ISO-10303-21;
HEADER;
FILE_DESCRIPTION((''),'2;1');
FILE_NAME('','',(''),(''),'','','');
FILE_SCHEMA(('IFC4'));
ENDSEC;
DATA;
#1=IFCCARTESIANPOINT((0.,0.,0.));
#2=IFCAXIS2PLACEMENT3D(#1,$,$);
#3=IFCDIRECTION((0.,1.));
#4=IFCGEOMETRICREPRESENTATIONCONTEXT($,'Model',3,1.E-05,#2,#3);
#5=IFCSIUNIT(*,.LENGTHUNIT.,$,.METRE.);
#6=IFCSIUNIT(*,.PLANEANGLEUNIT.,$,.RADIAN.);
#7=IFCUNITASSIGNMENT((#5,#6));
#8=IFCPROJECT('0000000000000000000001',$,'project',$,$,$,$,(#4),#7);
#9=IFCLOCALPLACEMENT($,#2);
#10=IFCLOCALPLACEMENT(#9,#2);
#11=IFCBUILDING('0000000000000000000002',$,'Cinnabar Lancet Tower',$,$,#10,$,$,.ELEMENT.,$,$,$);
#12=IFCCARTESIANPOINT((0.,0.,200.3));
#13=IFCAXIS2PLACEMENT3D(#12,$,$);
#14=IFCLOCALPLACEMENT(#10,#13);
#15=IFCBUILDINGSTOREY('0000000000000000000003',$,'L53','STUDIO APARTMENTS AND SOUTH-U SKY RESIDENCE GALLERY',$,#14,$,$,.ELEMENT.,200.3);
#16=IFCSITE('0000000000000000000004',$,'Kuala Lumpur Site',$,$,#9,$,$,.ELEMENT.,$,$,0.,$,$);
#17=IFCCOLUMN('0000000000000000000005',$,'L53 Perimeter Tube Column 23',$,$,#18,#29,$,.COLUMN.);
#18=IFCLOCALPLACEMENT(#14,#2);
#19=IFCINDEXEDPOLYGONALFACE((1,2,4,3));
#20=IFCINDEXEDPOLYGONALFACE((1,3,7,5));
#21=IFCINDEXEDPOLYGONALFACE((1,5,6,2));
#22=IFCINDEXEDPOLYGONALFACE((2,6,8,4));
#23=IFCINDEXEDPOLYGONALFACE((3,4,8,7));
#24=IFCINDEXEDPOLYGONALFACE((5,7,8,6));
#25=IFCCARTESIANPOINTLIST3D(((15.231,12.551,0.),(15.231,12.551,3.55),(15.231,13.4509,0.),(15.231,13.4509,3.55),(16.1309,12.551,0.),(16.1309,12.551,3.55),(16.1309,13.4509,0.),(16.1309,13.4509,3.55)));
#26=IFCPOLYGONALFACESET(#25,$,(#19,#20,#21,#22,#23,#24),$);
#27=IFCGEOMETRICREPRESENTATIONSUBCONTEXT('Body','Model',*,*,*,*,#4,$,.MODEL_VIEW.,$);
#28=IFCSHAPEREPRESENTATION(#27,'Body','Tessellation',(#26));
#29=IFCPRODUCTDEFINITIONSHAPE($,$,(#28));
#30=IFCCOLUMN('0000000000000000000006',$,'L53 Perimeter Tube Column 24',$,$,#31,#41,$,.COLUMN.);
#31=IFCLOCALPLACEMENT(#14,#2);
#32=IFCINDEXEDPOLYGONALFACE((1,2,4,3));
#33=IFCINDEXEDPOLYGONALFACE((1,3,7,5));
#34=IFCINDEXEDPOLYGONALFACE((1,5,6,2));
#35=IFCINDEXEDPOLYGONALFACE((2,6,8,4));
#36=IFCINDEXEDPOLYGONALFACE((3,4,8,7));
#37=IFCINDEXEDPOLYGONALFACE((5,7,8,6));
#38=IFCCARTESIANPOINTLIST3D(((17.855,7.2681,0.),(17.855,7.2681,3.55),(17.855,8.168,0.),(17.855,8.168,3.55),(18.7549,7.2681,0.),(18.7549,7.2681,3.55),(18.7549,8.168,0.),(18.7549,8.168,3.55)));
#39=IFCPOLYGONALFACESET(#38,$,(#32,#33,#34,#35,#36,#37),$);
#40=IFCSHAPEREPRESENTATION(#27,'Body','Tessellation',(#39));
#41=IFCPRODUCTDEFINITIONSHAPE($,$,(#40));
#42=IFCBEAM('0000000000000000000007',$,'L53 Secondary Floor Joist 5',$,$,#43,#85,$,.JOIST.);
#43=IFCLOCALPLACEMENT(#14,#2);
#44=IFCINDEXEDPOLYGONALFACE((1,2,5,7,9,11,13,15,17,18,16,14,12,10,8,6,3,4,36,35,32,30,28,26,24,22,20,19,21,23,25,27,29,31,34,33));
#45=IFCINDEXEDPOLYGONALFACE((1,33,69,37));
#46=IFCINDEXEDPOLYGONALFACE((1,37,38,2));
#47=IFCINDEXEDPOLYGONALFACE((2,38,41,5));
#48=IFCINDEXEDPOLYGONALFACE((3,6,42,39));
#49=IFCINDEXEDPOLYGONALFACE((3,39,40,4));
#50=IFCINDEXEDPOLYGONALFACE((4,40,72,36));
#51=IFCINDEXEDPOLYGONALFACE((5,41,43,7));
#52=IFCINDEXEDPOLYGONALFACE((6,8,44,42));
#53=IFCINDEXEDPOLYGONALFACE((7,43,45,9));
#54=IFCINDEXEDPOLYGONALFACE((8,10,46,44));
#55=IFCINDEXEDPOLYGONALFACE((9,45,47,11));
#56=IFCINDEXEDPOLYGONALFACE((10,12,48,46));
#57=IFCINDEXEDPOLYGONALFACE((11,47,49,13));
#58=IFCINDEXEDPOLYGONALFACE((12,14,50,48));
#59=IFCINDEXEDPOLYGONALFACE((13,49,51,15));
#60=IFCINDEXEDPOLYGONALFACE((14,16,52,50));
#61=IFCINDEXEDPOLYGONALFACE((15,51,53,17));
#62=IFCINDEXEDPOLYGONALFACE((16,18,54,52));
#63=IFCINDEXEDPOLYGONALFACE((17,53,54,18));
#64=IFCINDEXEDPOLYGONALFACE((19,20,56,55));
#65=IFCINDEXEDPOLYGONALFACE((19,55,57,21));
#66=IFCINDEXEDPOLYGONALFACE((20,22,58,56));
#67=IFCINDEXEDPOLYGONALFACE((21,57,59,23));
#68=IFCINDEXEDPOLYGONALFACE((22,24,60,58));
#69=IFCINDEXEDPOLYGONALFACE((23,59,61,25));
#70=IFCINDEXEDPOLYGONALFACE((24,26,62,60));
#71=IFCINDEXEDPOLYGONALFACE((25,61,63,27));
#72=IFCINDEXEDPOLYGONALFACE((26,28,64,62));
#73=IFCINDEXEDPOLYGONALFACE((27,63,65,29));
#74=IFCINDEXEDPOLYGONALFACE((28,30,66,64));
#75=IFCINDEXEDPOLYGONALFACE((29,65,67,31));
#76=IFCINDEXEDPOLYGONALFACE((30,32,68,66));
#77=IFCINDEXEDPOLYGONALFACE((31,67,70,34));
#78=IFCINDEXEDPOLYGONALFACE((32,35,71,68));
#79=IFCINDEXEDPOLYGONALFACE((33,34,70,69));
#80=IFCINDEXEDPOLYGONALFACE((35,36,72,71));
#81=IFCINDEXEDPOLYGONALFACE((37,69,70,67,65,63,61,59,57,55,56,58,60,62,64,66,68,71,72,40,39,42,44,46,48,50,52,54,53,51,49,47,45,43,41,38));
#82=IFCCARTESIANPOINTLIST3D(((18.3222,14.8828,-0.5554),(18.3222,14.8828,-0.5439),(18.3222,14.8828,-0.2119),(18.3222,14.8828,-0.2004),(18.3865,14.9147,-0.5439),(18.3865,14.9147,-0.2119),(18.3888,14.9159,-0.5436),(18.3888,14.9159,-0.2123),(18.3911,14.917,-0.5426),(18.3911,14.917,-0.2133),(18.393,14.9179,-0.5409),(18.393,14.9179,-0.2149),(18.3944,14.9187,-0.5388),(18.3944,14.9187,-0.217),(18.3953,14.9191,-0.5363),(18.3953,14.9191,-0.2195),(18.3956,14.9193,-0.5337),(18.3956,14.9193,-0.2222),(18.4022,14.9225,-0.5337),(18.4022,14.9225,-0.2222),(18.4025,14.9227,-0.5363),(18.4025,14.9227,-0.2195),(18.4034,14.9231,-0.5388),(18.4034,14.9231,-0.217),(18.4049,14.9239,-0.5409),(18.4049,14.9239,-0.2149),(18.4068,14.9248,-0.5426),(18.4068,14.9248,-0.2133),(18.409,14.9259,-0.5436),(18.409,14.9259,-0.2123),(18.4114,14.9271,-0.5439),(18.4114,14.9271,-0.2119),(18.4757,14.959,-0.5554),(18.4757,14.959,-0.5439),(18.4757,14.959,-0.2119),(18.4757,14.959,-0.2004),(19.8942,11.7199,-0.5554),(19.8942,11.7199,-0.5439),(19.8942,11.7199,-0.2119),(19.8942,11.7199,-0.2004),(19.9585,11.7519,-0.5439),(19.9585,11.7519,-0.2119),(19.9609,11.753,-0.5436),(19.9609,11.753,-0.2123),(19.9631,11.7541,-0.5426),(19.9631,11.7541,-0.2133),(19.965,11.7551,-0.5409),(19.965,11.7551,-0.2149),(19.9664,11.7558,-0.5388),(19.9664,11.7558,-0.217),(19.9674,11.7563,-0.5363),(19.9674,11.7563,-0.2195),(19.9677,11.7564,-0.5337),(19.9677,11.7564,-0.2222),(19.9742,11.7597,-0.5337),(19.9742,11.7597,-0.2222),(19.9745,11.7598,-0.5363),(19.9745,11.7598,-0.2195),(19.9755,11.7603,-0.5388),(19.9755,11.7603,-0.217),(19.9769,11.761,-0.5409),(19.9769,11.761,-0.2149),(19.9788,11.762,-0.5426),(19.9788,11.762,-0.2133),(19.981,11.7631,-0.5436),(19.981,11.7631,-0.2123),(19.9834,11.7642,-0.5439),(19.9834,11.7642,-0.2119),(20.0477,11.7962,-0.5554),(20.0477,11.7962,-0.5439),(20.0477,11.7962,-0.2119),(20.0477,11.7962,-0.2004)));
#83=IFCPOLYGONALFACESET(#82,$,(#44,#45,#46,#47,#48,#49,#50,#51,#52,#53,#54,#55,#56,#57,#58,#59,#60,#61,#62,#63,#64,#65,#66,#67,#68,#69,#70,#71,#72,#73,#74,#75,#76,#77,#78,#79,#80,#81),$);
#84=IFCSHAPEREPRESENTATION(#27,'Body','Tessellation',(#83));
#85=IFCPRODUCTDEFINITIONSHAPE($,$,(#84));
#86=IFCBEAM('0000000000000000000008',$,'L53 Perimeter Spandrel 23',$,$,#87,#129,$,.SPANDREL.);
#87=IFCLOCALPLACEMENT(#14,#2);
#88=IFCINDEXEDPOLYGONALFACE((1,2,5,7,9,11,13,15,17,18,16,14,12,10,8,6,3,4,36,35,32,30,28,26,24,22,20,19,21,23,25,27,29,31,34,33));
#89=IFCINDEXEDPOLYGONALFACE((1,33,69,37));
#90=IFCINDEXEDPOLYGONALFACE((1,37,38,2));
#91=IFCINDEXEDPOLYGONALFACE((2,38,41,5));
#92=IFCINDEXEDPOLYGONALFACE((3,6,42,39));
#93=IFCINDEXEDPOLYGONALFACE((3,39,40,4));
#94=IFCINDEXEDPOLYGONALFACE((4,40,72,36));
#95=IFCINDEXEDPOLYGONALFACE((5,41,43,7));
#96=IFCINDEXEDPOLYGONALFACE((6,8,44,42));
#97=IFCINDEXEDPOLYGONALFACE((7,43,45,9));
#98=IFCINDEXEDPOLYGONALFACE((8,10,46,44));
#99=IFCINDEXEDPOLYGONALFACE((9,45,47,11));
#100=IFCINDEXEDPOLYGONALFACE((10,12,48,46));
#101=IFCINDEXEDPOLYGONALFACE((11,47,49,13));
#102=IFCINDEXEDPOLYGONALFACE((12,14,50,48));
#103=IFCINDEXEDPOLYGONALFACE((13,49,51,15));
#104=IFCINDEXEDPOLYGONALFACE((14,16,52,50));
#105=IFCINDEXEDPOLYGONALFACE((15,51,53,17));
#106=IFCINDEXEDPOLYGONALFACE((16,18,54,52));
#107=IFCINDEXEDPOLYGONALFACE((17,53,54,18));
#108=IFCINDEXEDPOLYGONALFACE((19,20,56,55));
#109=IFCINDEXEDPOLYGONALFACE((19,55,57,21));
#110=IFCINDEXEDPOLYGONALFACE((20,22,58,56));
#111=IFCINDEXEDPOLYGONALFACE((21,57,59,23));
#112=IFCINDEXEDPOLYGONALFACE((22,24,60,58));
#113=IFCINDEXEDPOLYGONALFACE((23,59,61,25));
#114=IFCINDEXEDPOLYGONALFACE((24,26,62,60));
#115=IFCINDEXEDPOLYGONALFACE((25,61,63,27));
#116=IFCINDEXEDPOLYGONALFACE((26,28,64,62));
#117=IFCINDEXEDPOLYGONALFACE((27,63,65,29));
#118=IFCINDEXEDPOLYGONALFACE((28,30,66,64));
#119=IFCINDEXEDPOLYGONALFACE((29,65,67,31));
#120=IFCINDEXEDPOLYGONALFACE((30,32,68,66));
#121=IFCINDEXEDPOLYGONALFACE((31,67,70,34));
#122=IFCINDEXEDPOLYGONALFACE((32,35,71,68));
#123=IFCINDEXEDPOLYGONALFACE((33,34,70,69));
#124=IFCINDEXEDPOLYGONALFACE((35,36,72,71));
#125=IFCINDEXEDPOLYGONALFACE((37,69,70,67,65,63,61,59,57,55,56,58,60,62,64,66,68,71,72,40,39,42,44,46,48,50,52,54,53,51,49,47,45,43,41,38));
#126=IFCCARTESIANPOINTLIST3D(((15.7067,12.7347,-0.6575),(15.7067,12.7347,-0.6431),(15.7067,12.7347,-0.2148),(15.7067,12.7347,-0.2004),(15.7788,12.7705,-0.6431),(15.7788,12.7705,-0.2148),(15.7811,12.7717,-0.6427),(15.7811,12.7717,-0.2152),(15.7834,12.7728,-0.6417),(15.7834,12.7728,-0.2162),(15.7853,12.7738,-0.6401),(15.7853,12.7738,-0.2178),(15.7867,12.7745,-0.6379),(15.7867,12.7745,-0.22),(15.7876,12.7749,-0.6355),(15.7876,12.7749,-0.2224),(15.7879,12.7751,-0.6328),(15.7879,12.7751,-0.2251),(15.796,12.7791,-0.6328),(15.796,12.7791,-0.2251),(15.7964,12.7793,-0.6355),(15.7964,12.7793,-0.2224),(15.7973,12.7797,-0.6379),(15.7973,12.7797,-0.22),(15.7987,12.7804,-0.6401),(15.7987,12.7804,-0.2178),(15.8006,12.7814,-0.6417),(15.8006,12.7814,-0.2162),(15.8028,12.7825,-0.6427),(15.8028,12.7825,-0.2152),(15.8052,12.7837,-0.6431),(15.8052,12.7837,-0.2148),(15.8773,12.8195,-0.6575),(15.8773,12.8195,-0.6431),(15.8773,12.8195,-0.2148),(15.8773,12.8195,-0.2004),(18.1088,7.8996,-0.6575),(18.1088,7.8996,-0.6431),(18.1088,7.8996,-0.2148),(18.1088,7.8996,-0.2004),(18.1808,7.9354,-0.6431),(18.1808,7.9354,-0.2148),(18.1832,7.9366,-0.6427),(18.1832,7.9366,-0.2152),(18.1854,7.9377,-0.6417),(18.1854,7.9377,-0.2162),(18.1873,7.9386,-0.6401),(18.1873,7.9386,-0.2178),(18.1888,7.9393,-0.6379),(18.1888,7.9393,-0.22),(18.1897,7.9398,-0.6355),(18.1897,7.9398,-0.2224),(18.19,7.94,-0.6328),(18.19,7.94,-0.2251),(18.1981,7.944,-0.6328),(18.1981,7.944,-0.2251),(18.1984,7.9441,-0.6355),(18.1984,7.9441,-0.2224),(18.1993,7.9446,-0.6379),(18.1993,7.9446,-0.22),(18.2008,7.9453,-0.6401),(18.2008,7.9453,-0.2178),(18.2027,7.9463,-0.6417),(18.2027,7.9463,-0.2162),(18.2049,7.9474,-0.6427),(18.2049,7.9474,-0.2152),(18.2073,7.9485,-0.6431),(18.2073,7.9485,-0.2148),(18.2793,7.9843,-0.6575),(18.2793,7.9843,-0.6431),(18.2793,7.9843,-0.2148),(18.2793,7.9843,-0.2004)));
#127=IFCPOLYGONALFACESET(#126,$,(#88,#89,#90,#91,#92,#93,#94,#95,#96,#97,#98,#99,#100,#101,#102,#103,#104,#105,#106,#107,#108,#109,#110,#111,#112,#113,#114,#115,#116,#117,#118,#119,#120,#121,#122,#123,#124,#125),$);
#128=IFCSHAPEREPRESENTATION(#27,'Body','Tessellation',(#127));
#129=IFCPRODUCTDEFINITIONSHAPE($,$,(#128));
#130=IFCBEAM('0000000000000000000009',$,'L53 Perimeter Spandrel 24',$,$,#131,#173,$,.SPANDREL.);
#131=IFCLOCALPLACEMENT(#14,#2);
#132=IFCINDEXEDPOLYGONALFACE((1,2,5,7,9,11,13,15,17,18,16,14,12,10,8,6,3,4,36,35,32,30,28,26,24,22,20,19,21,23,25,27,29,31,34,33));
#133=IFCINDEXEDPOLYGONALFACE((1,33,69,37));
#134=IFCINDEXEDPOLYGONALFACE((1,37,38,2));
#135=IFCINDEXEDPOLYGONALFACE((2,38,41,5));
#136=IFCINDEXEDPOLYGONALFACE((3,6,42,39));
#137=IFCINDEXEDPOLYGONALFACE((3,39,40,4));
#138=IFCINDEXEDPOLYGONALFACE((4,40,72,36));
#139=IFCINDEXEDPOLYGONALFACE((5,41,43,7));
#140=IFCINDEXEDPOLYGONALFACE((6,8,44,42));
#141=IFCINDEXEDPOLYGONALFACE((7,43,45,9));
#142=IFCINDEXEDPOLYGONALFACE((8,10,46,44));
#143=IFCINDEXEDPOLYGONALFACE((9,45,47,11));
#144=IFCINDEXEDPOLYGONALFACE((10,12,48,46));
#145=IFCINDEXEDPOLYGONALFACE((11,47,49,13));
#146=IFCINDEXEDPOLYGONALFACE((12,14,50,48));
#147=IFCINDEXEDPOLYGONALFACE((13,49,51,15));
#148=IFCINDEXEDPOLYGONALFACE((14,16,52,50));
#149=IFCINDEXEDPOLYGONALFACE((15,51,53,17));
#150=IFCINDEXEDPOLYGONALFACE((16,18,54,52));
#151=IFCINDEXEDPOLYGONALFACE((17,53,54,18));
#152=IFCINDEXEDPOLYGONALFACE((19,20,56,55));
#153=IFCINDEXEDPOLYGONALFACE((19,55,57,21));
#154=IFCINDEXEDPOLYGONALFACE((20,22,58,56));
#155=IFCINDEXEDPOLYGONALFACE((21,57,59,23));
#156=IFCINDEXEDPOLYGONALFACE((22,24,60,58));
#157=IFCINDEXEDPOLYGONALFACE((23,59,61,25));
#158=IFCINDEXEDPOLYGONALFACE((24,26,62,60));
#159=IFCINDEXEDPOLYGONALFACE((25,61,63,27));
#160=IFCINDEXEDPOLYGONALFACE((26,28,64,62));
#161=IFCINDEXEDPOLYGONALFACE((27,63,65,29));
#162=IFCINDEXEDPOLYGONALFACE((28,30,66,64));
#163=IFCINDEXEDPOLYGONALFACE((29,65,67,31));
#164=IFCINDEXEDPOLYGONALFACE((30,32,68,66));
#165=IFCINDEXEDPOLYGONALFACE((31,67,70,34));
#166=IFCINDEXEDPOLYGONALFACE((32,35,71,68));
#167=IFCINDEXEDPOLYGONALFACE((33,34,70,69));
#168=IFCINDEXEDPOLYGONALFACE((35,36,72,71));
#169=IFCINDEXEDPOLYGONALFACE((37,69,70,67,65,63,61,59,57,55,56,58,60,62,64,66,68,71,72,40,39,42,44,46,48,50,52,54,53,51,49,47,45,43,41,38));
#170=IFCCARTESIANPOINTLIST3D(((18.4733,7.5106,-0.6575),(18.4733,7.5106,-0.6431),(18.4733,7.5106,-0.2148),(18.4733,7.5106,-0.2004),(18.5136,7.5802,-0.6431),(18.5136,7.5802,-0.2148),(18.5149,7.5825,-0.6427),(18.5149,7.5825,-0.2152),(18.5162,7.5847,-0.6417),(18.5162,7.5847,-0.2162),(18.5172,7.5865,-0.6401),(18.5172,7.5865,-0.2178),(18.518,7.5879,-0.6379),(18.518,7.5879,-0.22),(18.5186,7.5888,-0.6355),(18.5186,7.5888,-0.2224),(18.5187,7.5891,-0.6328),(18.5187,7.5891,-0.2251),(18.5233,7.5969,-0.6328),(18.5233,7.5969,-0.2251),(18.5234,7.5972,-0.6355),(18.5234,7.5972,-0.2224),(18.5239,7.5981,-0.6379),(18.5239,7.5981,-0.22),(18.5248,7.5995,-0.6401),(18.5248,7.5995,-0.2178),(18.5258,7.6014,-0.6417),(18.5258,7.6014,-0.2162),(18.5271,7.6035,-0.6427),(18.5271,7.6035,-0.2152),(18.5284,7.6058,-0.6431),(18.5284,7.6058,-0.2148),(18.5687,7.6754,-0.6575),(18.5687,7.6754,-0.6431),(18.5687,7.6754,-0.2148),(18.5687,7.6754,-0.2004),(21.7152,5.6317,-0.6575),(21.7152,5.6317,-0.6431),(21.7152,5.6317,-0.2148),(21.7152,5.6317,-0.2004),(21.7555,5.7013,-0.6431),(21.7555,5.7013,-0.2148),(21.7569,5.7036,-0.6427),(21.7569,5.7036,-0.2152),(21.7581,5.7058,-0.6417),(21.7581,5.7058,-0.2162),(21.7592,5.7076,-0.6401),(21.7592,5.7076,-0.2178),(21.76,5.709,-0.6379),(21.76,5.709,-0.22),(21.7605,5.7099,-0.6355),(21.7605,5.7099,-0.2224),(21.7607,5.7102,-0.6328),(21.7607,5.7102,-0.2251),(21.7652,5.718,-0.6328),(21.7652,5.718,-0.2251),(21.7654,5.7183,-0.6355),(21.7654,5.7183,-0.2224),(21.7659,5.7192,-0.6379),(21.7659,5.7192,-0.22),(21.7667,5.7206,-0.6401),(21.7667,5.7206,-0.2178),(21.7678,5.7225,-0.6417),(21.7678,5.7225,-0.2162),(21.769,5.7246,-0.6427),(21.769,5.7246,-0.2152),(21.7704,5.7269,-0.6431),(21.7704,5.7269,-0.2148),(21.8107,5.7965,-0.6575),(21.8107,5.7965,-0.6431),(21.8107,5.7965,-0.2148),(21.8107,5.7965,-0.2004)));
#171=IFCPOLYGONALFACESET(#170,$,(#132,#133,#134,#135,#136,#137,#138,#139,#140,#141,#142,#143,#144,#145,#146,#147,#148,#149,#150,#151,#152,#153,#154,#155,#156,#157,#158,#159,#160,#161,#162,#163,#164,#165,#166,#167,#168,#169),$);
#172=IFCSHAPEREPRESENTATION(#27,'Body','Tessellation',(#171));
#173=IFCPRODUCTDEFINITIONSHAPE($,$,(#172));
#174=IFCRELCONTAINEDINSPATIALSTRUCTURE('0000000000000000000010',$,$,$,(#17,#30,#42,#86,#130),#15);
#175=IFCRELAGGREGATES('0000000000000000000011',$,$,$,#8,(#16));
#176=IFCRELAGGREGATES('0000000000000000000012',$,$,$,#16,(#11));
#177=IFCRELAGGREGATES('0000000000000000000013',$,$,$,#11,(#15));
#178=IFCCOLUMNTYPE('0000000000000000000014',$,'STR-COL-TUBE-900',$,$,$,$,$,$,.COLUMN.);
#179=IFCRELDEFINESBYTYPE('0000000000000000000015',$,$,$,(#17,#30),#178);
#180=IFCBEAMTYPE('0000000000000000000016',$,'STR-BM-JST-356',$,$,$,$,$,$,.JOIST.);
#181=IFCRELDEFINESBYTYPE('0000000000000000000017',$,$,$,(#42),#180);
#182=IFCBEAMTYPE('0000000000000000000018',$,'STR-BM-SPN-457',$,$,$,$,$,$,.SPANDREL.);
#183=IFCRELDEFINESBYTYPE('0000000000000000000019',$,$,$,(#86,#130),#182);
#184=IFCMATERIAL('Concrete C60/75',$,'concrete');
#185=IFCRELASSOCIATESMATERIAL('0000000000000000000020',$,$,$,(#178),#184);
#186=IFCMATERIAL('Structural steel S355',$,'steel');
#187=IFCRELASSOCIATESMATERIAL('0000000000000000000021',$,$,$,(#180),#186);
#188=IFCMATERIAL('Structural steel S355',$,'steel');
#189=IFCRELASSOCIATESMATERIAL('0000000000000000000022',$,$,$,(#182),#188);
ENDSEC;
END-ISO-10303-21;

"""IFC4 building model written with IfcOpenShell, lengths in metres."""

from ifc_helpers import new_model, si_unit, direction, frame, origin, origin_2d, place, context, subcontext, project, spatial, rectangle, i_section, extrude, material, material_profile, profile_set, type_object, element, save


model = new_model("IFC4")

# Units and contexts
model_context = context("Model", 3, precision=1e-05, world=origin(), true_north=direction((0.0, 1.0)))
body_context = subcontext(model_context, "Body", "Model", "MODEL_VIEW")
ifc_project = project(units=[si_unit("LENGTHUNIT", "METRE"), si_unit("PLANEANGLEUNIT", "RADIAN")], contexts=[model_context])

# Site, building, storey
site_placement = place(None, origin())
site = spatial("IfcSite", under=ifc_project, at=site_placement, Name="Kuala Lumpur Site", CompositionType="ELEMENT", RefElevation=0.0)
building_placement = place(site_placement, origin())
building = spatial("IfcBuilding", under=site, at=building_placement, Name="Cinnabar Lancet Tower", CompositionType="ELEMENT")
storey_placement = place(building_placement, frame((0.0, 0.0, 200.3)))
storey = spatial("IfcBuildingStorey", under=building, at=storey_placement, Name="L53", Description="STUDIO APARTMENTS AND SOUTH-U SKY RESIDENCE GALLERY", CompositionType="ELEMENT", Elevation=200.3)

# Columns
ifc_material_1 = material(Name="Concrete C60/75", Category="concrete")
ifc_material_profile_1 = material_profile(ifc_material_1, rectangle(XDim=0.8999, YDim=0.8999, at=origin_2d()), Name="RC-COL 900x900")
ifc_profile_set_1 = profile_set([ifc_material_profile_1], Name="Concrete C60/75")
column_type = type_object("IfcColumnType", Name="STR-COL-TUBE-900", PredefinedType="COLUMN", material=ifc_profile_set_1)
for number, where, z_axis, x_axis, name in (
    (1, (15.6809, 13.001, 0.0), (0.0, 0.0, 1.0), (1.0, 0.0, 0.0), "L53 Perimeter Tube Column 23"),
    (2, (18.3049, 7.718, 0.0), (0.0, 0.0, 1.0), (1.0, 0.0, 0.0), "L53 Perimeter Tube Column 24"),
):
    element("IfcColumn", number, at=place(storey_placement, frame(where, z_axis=z_axis, x_axis=x_axis)), inside=storey, type_object=column_type, Name=name, PredefinedType="COLUMN", context=body_context, shape_type="SweptSolid", body=[
        extrude(rectangle(XDim=0.8999, YDim=0.8999, at=origin_2d()), origin(), (0.0, 0.0, 1.0), 3.55),
    ])

# Beams
ifc_material_2 = material(Name="Structural steel S355", Category="steel")
ifc_material_profile_2 = material_profile(ifc_material_2, i_section(OverallWidth=0.1714, OverallDepth=0.355, WebThickness=0.0073, FlangeThickness=0.0115, FilletRadius=0.0103, at=origin_2d()), Name="UKB 356x171x51")
ifc_profile_set_2 = profile_set([ifc_material_profile_2], Name="Structural steel S355")
beam_type_1 = type_object("IfcBeamType", Name="STR-BM-JST-356", PredefinedType="JOIST", material=ifc_profile_set_2)
beam_1_placement = place(storey_placement, frame((18.3989, 14.9209, -0.3779), z_axis=(0.445083, -0.895489, 0.0), x_axis=(0.895489, 0.445083, 0.0)))
element("IfcBeam", 3, at=beam_1_placement, inside=storey, type_object=beam_type_1, Name="L53 Secondary Floor Joist 5", PredefinedType="JOIST", context=body_context, shape_type="SweptSolid", body=[
    extrude(i_section(OverallWidth=0.1714, OverallDepth=0.355, WebThickness=0.0073, FlangeThickness=0.0115, FilletRadius=0.0103, at=origin_2d()), origin(), (0.0, 0.0, 1.0), 3.532),
])
ifc_material_3 = material(Name="Structural steel S355", Category="steel")
ifc_material_profile_3 = material_profile(ifc_material_3, i_section(OverallWidth=0.1904, OverallDepth=0.457, WebThickness=0.009, FlangeThickness=0.0144, FilletRadius=0.0103, at=origin_2d()), Name="UKB 457x191x74")
ifc_profile_set_3 = profile_set([ifc_material_profile_3], Name="Structural steel S355")
beam_type_2 = type_object("IfcBeamType", Name="STR-BM-SPN-457", PredefinedType="SPANDREL", material=ifc_profile_set_3)
beam_2_placement = place(storey_placement, frame((15.792, 12.7771, -0.429), z_axis=(0.444915, -0.895573, 0.0), x_axis=(0.895573, 0.444915, 0.0)))
element("IfcBeam", 4, at=beam_2_placement, inside=storey, type_object=beam_type_2, Name="L53 Perimeter Spandrel 23", PredefinedType="SPANDREL", context=body_context, shape_type="SweptSolid", body=[
    extrude(i_section(OverallWidth=0.1904, OverallDepth=0.457, WebThickness=0.009, FlangeThickness=0.0144, FilletRadius=0.0103, at=origin_2d()), origin(), (0.0, 0.0, 1.0), 5.3989),
])
beam_3_placement = place(storey_placement, frame((18.521, 7.593, -0.429), z_axis=(0.865196, -0.501434, 0.0), x_axis=(0.501434, 0.865196, 0.0)))
element("IfcBeam", 5, at=beam_3_placement, inside=storey, type_object=beam_type_2, Name="L53 Perimeter Spandrel 24", PredefinedType="SPANDREL", context=body_context, shape_type="SweptSolid", body=[
    extrude(i_section(OverallWidth=0.1904, OverallDepth=0.457, WebThickness=0.009, FlangeThickness=0.0144, FilletRadius=0.0103, at=origin_2d()), origin(), (0.0, 0.0, 1.0), 3.7471),
])

save(model, "model.ifc")
